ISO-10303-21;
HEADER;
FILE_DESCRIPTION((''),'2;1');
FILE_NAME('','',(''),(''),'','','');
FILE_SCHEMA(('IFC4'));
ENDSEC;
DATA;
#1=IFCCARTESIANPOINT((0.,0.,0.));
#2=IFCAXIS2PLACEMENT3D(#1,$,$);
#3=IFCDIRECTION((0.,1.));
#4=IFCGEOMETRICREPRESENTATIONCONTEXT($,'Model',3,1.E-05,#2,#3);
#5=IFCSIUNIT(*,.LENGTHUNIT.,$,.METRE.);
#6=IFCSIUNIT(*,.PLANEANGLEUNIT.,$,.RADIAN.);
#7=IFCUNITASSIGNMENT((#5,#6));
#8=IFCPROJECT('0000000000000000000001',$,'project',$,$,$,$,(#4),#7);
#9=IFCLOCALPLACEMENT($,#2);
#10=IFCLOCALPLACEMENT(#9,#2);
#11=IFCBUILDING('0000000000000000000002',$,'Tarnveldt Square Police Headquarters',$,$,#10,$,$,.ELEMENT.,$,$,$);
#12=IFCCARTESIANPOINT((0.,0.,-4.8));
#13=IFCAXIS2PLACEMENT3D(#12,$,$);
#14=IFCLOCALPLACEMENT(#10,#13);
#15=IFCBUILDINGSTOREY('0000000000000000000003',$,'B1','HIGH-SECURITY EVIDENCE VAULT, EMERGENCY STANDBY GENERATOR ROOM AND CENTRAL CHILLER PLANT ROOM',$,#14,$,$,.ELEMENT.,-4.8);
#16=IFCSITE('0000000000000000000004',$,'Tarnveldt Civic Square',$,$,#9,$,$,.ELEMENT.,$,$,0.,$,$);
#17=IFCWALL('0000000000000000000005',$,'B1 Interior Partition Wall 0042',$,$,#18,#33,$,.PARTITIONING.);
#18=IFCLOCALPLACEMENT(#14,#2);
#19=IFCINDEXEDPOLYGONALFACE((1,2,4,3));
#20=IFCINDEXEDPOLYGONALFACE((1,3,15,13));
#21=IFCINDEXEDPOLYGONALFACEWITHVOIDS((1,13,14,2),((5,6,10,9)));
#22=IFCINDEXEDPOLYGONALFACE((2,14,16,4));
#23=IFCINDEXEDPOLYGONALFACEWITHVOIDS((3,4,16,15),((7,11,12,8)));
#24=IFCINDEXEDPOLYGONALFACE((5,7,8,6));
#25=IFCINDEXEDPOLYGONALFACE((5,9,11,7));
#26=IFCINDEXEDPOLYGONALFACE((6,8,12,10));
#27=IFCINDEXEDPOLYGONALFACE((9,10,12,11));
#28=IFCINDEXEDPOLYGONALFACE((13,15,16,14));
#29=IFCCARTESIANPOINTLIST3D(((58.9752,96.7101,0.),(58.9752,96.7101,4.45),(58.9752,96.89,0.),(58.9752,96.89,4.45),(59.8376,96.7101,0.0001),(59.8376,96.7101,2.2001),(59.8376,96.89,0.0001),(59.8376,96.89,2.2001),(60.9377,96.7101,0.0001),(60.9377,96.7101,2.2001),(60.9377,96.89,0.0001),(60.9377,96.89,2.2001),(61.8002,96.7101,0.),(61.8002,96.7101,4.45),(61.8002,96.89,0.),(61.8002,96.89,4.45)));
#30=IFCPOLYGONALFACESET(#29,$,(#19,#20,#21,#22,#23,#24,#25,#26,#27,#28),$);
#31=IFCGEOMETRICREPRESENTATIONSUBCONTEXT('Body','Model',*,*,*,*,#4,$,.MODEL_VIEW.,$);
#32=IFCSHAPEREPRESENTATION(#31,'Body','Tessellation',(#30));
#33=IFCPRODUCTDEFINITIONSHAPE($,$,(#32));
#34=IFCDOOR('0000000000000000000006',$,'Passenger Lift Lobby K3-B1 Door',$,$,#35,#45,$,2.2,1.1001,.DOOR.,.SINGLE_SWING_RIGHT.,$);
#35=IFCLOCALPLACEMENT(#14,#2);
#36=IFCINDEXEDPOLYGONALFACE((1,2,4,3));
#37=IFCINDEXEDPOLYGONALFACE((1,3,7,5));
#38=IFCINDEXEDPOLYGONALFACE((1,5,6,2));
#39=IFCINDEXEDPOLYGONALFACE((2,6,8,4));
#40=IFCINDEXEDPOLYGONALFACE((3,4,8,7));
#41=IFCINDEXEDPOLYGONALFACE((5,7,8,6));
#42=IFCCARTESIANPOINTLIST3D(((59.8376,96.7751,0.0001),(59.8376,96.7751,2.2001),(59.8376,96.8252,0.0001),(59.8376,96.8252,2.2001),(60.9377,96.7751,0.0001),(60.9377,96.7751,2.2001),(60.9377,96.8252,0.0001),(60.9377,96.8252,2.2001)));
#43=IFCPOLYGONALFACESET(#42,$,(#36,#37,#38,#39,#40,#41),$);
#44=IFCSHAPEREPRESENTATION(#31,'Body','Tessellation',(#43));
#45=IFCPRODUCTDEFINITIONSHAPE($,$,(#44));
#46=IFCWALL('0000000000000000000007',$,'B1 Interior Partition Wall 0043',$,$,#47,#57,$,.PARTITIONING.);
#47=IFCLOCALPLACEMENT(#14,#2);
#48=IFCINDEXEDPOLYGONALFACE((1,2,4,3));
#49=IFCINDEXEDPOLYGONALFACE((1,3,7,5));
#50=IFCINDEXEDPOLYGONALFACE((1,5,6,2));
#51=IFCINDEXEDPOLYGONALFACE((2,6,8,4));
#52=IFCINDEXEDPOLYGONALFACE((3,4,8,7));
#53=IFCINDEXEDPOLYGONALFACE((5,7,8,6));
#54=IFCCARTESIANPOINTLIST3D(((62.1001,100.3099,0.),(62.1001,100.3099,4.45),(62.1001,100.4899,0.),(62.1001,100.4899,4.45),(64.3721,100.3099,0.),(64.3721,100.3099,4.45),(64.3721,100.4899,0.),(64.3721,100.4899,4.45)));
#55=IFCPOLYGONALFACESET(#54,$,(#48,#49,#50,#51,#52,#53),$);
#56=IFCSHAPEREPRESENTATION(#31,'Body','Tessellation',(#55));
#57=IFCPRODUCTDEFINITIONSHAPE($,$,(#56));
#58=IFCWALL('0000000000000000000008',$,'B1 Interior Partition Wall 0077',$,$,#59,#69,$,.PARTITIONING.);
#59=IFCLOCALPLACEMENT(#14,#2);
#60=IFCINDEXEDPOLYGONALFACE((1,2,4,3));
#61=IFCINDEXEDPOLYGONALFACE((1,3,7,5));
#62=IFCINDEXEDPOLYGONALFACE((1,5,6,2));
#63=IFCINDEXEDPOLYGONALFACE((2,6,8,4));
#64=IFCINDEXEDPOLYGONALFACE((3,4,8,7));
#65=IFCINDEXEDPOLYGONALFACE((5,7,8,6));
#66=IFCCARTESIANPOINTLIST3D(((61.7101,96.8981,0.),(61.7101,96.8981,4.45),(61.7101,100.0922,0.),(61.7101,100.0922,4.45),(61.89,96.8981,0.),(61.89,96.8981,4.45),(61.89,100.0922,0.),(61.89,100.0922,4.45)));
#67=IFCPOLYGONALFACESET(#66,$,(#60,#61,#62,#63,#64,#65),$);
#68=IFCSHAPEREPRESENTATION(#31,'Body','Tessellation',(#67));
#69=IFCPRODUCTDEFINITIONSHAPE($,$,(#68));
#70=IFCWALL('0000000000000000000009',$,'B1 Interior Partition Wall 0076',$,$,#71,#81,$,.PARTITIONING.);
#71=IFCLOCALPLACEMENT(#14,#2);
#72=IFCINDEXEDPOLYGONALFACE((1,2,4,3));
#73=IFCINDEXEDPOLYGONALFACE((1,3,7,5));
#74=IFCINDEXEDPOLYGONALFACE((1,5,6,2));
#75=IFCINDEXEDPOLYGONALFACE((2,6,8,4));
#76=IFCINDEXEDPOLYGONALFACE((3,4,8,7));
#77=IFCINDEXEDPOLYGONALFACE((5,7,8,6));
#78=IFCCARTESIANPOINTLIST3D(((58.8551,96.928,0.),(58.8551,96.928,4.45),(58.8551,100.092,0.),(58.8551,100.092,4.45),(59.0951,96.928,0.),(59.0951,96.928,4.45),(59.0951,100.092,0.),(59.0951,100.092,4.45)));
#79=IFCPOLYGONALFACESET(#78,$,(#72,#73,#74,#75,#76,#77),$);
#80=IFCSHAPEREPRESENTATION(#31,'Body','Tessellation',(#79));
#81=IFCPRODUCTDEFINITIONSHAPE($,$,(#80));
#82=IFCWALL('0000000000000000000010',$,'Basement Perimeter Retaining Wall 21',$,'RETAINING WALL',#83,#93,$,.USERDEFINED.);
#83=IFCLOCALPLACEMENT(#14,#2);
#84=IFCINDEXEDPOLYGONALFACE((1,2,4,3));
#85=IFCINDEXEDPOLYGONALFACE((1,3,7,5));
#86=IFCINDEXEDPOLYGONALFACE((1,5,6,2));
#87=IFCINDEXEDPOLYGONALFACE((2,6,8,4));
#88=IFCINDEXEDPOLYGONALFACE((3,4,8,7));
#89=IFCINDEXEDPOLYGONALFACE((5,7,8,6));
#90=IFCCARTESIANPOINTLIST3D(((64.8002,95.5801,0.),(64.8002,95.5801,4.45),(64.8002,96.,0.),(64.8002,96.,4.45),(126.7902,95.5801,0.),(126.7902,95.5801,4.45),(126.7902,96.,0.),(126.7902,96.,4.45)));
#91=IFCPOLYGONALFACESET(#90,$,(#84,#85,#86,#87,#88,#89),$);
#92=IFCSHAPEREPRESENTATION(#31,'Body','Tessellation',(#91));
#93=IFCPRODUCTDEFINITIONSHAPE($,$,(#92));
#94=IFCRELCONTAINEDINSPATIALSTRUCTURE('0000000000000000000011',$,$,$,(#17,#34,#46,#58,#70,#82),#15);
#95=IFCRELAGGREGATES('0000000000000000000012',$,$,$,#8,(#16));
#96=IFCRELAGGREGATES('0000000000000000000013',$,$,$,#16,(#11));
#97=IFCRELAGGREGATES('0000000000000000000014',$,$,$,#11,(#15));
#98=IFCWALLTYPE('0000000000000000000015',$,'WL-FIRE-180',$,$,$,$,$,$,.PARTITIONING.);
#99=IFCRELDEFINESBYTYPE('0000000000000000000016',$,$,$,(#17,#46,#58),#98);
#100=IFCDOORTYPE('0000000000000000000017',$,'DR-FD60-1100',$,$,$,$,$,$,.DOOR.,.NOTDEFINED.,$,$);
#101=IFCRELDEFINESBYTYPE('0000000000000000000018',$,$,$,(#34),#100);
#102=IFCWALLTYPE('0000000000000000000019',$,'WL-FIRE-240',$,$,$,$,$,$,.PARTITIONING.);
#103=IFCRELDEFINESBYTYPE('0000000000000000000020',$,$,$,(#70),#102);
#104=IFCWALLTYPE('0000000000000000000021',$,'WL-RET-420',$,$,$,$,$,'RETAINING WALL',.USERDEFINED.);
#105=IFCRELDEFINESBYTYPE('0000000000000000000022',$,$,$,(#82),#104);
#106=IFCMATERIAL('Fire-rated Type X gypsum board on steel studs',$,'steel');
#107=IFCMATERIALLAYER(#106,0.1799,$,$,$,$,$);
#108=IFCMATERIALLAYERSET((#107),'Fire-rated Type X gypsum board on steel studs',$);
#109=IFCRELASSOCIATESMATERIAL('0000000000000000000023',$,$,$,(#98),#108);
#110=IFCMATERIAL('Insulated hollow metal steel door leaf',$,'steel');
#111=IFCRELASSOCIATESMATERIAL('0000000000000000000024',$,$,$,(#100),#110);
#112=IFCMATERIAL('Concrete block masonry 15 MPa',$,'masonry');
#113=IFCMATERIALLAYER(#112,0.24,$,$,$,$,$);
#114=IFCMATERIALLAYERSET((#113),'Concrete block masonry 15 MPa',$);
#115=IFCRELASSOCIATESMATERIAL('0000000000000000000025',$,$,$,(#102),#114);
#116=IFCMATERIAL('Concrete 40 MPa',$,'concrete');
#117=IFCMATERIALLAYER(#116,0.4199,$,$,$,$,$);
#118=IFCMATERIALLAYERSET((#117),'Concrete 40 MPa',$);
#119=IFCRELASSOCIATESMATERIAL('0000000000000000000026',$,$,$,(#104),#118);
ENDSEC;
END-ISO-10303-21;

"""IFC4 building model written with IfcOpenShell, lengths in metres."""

from ifc_helpers import new_model, si_unit, direction, frame, frame_2d, origin, place, context, subcontext, project, spatial, rectangle, extrude, material, layer, layer_set, type_object, element, fill, save


model = new_model("IFC4")

# Units and contexts
model_context = context("Model", 3, precision=1e-05, world=origin(), true_north=direction((0.0, 1.0)))
body_context = subcontext(model_context, "Body", "Model", "MODEL_VIEW")
ifc_project = project(units=[si_unit("LENGTHUNIT", "METRE"), si_unit("PLANEANGLEUNIT", "RADIAN")], contexts=[model_context])

# Site, building, storey
site_placement = place(None, origin())
site = spatial("IfcSite", under=ifc_project, at=site_placement, Name="Tarnveldt Civic Square", CompositionType="ELEMENT", RefElevation=0.0)
building_placement = place(site_placement, origin())
building = spatial("IfcBuilding", under=site, at=building_placement, Name="Tarnveldt Square Police Headquarters", CompositionType="ELEMENT")
storey_placement = place(building_placement, frame((0.0, 0.0, -4.8)))
storey = spatial("IfcBuildingStorey", under=building, at=storey_placement, Name="B1", Description="HIGH-SECURITY EVIDENCE VAULT, EMERGENCY STANDBY GENERATOR ROOM AND CENTRAL CHILLER PLANT ROOM", CompositionType="ELEMENT", Elevation=-4.8)

# Shared definitions
ifc_material_1 = material(Name="Concrete 40 MPa", Category="concrete")

# Wall, opening, door
ifc_material_2 = material(Name="Fire-rated Type X gypsum board on steel studs", Category="steel")
ifc_layer_1 = layer(ifc_material_2, 0.1799)
ifc_layer_set_1 = layer_set([ifc_layer_1], Name="Fire-rated Type X gypsum board on steel studs")
wall_type_1 = type_object("IfcWallType", Name="WL-FIRE-180", PredefinedType="PARTITIONING", material=ifc_layer_set_1)
wall_1_placement = place(storey_placement, frame((58.9751, 96.8, 0.0), z_axis=(0.0, 0.0, 1.0), x_axis=(1.0, 0.0, 0.0)))
wall_1 = element("IfcWall", 1, at=wall_1_placement, inside=storey, type_object=wall_type_1, Name="B1 Interior Partition Wall 0042", PredefinedType="PARTITIONING", context=body_context, shape_type="SweptSolid", body=[
    extrude(rectangle(XDim=2.825, YDim=0.1799, at=frame_2d((1.4126, 0.0))), origin(), (0.0, 0.0, 1.0), 4.45),
])
opening_placement = place(wall_1_placement, frame((0.8625, 0.0, 0.0)))
opening = element("IfcOpeningElement", 2, at=opening_placement, cuts=wall_1, PredefinedType="OPENING", context=body_context, shape_type="SweptSolid", body=[
    extrude(rectangle(XDim=1.1001, YDim=2.2, at=frame_2d((0.55, 1.1001))), frame((0.0, 0.0999, 0.0), z_axis=(0.0, -1.0, 0.0), x_axis=(1.0, 0.0, 0.0)), (0.0, 0.0, 1.0), 0.2),
])
ifc_material_3 = material(Name="Insulated hollow metal steel door leaf", Category="steel")
door_type = type_object("IfcDoorType", Name="DR-FD60-1100", OperationType="NOTDEFINED", PredefinedType="DOOR", material=ifc_material_3)
door_placement = place(opening_placement, frame((1.1001, 0.0, 0.0), z_axis=(0.0, 0.0, 1.0), x_axis=(-1.0, 0.0, 0.0)))
door = element("IfcDoor", 3, at=door_placement, inside=storey, type_object=door_type, Name="Passenger Lift Lobby K3-B1 Door", OperationType="SINGLE_SWING_RIGHT", OverallHeight=2.2, OverallWidth=1.1001, PredefinedType="DOOR", context=body_context, shape_type="SweptSolid", body=[
    extrude(rectangle(XDim=1.1001, YDim=2.2, at=frame_2d((0.55, 1.1001))), frame((0.0, 0.0249, 0.0), z_axis=(0.0, -1.0, 0.0), x_axis=(1.0, 0.0, 0.0)), (0.0, 0.0, 1.0), 0.05),
])
fill(opening, door)

# Walls
wall_2_placement = place(storey_placement, frame((62.1001, 100.3999, 0.0), z_axis=(0.0, 0.0, 1.0), x_axis=(1.0, 0.0, 0.0)))
element("IfcWall", 4, at=wall_2_placement, inside=storey, type_object=wall_type_1, Name="B1 Interior Partition Wall 0043", PredefinedType="PARTITIONING", context=body_context, shape_type="SweptSolid", body=[
    extrude(rectangle(XDim=2.272, YDim=0.1799, at=frame_2d((1.136, 0.0))), origin(), (0.0, 0.0, 1.0), 4.45),
])
wall_3_placement = place(storey_placement, frame((61.8, 96.8979, 0.0), z_axis=(0.0, 0.0, 1.0), x_axis=(0.0, 1.0, 0.0)))
element("IfcWall", 5, at=wall_3_placement, inside=storey, type_object=wall_type_1, Name="B1 Interior Partition Wall 0077", PredefinedType="PARTITIONING", context=body_context, shape_type="SweptSolid", body=[
    extrude(rectangle(XDim=3.1941, YDim=0.1799, at=frame_2d((1.5972, 0.0))), origin(), (0.0, 0.0, 1.0), 4.45),
])
ifc_material_4 = material(Name="Concrete block masonry 15 MPa", Category="masonry")
ifc_layer_2 = layer(ifc_material_4, 0.24)
ifc_layer_set_2 = layer_set([ifc_layer_2], Name="Concrete block masonry 15 MPa")
wall_type_2 = type_object("IfcWallType", Name="WL-FIRE-240", PredefinedType="PARTITIONING", material=ifc_layer_set_2)
wall_4_placement = place(storey_placement, frame((58.9751, 96.928, 0.0), z_axis=(0.0, 0.0, 1.0), x_axis=(0.0, 1.0, 0.0)))
element("IfcWall", 6, at=wall_4_placement, inside=storey, type_object=wall_type_2, Name="B1 Interior Partition Wall 0076", PredefinedType="PARTITIONING", context=body_context, shape_type="SweptSolid", body=[
    extrude(rectangle(XDim=3.1641, YDim=0.24, at=frame_2d((1.582, 0.0))), origin(), (0.0, 0.0, 1.0), 4.45),
])
ifc_layer_3 = layer(ifc_material_1, 0.4199)
ifc_layer_set_3 = layer_set([ifc_layer_3], Name="Concrete 40 MPa")
wall_type_3 = type_object("IfcWallType", Name="WL-RET-420", ElementType="RETAINING WALL", PredefinedType="USERDEFINED", material=ifc_layer_set_3)
wall_5_placement = place(storey_placement, frame((64.8, 95.79, 0.0), z_axis=(0.0, 0.0, 1.0), x_axis=(1.0, 0.0, 0.0)))
element("IfcWall", 7, at=wall_5_placement, inside=storey, type_object=wall_type_3, Name="Basement Perimeter Retaining Wall 21", ObjectType="RETAINING WALL", PredefinedType="USERDEFINED", context=body_context, shape_type="SweptSolid", body=[
    extrude(rectangle(XDim=61.99, YDim=0.4199, at=frame_2d((30.9951, 0.0))), origin(), (0.0, 0.0, 1.0), 4.45),
])

save(model, "model.ifc")
